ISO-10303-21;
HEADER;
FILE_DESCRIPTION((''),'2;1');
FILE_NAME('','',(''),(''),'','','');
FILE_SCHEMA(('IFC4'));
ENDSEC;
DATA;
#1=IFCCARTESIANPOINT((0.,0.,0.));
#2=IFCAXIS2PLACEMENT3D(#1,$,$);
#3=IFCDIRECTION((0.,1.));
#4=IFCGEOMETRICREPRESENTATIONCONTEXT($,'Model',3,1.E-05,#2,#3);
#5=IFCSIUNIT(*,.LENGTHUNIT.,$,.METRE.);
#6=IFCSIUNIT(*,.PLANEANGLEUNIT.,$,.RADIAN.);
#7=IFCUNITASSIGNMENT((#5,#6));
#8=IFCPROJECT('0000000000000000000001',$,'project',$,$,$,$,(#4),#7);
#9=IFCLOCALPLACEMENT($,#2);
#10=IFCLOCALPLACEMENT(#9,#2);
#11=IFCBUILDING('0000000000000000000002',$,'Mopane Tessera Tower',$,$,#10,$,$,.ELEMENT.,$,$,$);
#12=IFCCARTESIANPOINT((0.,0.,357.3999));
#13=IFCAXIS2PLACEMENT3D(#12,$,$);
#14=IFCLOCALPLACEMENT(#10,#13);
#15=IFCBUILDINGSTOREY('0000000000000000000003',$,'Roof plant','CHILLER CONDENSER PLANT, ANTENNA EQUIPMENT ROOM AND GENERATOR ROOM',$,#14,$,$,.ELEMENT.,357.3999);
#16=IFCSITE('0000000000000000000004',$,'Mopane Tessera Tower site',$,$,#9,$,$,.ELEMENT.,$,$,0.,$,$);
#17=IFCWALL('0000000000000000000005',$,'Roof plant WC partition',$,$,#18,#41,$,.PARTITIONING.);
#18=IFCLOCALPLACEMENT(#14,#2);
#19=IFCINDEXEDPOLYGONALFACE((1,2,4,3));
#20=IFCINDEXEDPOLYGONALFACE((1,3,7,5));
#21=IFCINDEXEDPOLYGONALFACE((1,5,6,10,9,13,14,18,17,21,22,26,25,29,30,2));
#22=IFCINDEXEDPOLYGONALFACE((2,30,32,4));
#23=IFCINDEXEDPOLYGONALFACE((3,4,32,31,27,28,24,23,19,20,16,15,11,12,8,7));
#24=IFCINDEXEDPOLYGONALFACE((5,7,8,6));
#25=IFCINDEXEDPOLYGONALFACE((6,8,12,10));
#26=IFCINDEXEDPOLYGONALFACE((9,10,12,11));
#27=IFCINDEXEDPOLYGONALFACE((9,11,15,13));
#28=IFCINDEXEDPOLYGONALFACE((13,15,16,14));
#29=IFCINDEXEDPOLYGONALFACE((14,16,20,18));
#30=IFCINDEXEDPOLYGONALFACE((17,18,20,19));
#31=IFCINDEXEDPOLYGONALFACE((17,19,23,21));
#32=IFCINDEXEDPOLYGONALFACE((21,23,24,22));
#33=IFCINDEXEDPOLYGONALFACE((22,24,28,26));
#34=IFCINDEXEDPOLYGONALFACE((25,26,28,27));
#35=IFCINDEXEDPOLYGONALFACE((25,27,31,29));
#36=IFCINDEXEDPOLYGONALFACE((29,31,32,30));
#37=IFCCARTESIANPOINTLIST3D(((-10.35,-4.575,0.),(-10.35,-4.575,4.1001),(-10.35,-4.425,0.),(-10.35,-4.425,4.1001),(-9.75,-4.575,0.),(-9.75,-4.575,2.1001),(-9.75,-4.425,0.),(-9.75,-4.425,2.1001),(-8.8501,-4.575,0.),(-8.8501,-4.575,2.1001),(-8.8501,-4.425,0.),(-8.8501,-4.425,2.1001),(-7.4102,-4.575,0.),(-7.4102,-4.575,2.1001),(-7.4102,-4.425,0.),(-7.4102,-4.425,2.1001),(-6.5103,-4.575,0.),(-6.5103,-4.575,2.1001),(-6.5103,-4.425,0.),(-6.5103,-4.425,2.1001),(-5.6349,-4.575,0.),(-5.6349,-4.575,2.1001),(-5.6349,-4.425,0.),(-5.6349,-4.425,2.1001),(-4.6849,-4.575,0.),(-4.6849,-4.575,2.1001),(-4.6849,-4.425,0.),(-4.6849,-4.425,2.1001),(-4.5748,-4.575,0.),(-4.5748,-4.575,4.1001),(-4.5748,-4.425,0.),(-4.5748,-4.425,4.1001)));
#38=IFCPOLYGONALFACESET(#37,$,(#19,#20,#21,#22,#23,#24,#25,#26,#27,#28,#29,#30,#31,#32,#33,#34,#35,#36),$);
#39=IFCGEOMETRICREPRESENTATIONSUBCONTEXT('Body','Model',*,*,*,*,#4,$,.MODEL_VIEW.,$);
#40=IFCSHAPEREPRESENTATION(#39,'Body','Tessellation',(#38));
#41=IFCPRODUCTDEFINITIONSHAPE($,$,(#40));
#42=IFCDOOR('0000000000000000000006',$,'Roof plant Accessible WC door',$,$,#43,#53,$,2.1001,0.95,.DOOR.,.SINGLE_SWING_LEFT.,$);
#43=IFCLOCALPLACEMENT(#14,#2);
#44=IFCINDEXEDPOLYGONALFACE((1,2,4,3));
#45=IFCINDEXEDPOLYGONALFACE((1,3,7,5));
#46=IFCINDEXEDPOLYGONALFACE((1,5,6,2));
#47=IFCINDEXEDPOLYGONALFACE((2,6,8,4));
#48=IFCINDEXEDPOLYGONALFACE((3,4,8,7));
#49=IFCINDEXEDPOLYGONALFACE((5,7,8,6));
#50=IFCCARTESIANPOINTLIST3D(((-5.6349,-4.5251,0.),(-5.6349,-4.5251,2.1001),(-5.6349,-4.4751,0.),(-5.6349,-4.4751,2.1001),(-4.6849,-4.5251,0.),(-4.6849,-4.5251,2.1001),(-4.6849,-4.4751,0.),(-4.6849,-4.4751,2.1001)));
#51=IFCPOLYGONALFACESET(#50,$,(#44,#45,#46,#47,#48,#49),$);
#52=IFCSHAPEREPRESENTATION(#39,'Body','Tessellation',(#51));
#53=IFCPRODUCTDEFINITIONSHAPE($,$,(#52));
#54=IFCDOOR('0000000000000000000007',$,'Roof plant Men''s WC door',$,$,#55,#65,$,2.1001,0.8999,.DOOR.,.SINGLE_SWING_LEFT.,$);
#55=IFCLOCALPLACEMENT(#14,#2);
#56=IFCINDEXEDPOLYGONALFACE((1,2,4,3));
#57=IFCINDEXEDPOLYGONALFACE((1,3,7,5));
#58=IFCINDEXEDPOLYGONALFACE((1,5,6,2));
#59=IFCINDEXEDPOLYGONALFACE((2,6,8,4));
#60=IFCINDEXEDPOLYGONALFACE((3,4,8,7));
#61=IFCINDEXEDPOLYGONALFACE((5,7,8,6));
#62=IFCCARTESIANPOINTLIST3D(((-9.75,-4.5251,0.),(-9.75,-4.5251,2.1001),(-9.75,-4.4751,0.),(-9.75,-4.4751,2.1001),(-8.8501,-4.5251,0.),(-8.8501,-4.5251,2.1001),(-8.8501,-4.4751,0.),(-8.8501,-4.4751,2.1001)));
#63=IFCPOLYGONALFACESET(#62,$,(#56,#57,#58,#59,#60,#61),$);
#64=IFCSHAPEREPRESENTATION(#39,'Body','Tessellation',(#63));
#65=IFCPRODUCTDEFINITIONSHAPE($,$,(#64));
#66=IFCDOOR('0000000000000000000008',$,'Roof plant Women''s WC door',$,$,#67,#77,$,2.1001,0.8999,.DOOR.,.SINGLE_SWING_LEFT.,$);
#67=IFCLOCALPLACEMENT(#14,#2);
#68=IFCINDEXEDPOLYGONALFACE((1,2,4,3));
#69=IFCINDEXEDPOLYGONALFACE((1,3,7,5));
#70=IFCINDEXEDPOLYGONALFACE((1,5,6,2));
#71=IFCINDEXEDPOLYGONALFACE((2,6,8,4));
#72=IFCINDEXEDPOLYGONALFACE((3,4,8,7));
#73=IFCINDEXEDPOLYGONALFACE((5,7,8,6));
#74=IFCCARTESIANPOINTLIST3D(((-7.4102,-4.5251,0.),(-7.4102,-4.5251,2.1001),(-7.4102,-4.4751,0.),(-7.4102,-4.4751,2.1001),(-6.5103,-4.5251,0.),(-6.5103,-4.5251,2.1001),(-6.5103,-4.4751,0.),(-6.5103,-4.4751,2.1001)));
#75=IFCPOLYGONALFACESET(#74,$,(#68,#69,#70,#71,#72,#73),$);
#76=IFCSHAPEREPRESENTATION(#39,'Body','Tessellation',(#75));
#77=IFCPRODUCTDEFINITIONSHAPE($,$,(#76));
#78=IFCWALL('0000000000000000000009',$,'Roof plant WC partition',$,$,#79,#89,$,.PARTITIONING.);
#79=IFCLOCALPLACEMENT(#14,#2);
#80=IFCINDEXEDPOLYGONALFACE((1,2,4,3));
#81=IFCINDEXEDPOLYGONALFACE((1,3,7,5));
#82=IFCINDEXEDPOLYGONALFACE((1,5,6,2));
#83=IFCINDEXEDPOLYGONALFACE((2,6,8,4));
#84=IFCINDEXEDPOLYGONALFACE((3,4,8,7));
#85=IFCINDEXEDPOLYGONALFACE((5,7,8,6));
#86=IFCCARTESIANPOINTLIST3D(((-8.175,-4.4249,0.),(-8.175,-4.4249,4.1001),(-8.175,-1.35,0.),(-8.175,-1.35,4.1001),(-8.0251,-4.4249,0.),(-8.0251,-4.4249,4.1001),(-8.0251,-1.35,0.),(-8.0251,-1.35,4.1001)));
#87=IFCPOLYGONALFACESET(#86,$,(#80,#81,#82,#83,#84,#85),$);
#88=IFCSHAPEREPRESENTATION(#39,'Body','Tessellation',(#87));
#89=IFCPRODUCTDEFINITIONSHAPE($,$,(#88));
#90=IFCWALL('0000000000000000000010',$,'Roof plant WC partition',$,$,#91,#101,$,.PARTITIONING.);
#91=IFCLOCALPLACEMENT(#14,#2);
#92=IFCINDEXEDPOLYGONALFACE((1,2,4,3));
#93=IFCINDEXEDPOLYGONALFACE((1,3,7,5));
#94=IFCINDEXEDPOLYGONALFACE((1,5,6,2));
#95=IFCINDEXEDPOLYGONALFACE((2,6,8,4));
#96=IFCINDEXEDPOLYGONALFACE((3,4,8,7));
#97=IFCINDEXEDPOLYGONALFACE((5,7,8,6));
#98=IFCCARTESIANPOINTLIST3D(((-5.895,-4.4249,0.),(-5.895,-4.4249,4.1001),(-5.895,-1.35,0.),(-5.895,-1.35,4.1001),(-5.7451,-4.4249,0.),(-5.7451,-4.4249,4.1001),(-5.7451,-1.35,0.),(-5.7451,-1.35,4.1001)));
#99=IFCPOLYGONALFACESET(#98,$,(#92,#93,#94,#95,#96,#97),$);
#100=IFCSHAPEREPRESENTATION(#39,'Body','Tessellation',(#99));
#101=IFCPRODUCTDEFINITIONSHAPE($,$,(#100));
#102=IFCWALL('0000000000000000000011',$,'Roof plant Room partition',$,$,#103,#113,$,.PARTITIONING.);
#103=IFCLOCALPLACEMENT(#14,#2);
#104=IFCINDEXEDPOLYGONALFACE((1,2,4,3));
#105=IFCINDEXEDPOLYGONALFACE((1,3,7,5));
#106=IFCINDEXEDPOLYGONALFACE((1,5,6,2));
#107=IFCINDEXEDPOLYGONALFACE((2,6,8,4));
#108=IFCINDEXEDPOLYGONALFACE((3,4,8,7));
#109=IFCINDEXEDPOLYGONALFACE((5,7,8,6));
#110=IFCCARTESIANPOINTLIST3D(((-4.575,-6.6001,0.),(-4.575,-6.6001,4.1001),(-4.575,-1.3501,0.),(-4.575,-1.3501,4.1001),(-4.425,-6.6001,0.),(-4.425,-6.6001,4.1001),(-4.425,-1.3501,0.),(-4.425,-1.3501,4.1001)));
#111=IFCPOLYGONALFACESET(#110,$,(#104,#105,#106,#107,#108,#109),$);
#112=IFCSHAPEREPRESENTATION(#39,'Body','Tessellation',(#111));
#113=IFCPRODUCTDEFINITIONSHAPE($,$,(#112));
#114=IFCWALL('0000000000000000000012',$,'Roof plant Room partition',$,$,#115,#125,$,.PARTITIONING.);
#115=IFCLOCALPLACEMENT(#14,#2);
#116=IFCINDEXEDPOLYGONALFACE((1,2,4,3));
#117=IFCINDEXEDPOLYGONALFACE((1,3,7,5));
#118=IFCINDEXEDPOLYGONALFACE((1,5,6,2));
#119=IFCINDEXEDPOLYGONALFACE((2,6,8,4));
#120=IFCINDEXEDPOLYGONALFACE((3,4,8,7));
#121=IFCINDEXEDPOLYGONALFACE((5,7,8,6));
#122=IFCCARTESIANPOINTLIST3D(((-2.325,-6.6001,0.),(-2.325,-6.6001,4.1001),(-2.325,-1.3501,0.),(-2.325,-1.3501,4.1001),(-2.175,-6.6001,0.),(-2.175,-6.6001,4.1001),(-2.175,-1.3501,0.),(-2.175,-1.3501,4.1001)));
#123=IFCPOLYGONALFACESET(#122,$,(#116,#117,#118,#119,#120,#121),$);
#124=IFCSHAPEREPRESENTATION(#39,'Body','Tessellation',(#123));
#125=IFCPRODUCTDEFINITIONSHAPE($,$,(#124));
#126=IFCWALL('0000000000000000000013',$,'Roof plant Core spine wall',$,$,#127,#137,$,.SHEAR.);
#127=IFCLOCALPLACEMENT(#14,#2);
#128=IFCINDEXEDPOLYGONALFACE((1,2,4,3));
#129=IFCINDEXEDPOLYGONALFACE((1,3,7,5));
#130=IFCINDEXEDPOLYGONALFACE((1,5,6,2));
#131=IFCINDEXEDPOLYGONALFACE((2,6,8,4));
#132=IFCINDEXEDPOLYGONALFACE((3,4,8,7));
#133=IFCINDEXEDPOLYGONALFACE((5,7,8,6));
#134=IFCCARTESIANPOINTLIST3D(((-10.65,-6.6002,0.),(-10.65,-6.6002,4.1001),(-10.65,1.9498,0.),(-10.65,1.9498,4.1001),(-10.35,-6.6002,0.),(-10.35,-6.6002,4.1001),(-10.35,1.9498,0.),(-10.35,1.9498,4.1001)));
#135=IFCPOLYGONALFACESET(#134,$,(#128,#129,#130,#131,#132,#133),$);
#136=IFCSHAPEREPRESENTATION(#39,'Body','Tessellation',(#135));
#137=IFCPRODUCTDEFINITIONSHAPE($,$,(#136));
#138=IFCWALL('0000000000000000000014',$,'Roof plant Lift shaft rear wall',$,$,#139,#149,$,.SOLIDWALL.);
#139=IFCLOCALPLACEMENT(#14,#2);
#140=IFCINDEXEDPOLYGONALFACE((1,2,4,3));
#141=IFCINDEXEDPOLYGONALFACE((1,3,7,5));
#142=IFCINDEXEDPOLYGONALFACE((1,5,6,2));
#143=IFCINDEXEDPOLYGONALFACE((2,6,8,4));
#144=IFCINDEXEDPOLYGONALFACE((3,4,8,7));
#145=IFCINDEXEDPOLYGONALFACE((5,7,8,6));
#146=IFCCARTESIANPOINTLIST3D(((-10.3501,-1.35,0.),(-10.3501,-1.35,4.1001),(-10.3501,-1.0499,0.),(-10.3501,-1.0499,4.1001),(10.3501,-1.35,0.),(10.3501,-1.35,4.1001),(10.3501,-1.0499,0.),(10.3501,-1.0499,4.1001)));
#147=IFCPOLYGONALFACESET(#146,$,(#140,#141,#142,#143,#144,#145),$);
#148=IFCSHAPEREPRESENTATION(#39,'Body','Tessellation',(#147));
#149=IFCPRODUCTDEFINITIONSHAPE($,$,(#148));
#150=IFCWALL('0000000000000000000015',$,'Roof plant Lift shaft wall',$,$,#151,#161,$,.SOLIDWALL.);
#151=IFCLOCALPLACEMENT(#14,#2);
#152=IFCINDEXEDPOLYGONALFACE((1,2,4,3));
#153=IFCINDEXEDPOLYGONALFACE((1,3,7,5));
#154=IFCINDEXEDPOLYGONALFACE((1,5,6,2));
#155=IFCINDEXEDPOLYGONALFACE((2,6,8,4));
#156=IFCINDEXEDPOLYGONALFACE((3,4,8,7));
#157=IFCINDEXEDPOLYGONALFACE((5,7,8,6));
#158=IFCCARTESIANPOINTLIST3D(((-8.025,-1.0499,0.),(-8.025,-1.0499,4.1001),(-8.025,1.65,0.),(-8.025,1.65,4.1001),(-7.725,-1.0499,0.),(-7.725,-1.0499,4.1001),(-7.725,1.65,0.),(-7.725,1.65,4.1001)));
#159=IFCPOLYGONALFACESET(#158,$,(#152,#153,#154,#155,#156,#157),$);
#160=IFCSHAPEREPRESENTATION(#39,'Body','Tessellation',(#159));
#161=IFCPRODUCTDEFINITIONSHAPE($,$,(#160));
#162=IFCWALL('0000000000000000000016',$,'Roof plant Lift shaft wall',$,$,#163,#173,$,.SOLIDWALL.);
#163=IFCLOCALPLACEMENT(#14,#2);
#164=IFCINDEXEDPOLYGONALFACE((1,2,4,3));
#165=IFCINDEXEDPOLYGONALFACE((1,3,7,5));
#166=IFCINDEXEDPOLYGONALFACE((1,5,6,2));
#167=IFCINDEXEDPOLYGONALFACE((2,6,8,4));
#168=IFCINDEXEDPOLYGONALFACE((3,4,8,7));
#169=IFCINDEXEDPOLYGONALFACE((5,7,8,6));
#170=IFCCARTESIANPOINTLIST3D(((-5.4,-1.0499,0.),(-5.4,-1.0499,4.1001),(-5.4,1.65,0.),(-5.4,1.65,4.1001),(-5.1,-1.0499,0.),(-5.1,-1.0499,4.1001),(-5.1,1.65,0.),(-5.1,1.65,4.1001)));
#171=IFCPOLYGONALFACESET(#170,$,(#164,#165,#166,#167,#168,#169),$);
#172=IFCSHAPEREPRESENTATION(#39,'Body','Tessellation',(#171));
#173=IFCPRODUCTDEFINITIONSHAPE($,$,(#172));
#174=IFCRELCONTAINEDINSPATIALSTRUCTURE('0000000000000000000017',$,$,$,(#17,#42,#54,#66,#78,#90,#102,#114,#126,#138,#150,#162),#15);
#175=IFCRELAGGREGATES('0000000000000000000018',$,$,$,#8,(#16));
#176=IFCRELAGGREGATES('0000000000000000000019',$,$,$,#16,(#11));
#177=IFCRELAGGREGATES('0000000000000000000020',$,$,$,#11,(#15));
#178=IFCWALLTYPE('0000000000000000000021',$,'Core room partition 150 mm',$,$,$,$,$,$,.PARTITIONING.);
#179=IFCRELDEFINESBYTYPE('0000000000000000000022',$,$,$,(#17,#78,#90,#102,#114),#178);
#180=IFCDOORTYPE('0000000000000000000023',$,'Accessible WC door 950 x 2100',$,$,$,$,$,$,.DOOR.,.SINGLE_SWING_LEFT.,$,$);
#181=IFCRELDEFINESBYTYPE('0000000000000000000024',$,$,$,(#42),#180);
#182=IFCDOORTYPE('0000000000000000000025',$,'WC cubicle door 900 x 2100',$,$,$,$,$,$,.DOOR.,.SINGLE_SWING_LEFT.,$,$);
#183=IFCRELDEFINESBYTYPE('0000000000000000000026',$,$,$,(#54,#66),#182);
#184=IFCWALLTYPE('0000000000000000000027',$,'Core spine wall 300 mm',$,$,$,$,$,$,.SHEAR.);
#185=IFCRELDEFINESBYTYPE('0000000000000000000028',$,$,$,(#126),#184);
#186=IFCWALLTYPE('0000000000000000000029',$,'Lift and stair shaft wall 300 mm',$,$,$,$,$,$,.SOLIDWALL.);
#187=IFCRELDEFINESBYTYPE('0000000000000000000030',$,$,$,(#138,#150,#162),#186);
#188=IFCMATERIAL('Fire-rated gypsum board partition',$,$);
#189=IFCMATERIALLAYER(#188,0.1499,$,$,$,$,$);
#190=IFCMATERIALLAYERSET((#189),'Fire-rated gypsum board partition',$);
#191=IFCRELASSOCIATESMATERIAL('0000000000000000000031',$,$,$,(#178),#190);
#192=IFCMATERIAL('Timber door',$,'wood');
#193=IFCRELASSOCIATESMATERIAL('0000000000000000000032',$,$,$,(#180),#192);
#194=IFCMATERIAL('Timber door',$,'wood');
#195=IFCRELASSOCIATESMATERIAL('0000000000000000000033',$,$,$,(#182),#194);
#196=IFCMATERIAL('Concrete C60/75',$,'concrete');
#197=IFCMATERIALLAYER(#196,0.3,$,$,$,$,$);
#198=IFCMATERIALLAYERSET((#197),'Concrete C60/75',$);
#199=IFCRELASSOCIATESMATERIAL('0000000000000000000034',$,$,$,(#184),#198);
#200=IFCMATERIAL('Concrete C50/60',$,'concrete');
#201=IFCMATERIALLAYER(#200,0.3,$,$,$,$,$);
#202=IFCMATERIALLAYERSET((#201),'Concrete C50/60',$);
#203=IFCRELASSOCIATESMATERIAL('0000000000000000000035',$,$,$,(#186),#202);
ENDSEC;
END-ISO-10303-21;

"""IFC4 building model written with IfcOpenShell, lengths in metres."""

from ifc_helpers import new_model, si_unit, direction, frame, frame_2d, origin, place, context, subcontext, project, spatial, rectangle, extrude, material, layer, layer_set, type_object, element, fill, save


model = new_model("IFC4")

# Units and contexts
model_context = context("Model", 3, precision=1e-05, world=origin(), true_north=direction((0.0, 1.0)))
body_context = subcontext(model_context, "Body", "Model", "MODEL_VIEW")
ifc_project = project(units=[si_unit("LENGTHUNIT", "METRE"), si_unit("PLANEANGLEUNIT", "RADIAN")], contexts=[model_context])

# Site, building, storey
site_placement = place(None, origin())
site = spatial("IfcSite", under=ifc_project, at=site_placement, Name="Mopane Tessera Tower site", CompositionType="ELEMENT", RefElevation=0.0)
building_placement = place(site_placement, origin())
building = spatial("IfcBuilding", under=site, at=building_placement, Name="Mopane Tessera Tower", CompositionType="ELEMENT")
storey_placement = place(building_placement, frame((0.0, 0.0, 357.3999)))
storey = spatial("IfcBuildingStorey", under=building, at=storey_placement, Name="Roof plant", Description="CHILLER CONDENSER PLANT, ANTENNA EQUIPMENT ROOM AND GENERATOR ROOM", CompositionType="ELEMENT", Elevation=357.3999)

# Wall, openings, doors
ifc_material_1 = material(Name="Fire-rated gypsum board partition")
ifc_layer_1 = layer(ifc_material_1, 0.1499)
ifc_layer_set_1 = layer_set([ifc_layer_1], Name="Fire-rated gypsum board partition")
wall_type_1 = type_object("IfcWallType", Name="Core room partition 150 mm", PredefinedType="PARTITIONING", material=ifc_layer_set_1)
wall_1_placement = place(storey_placement, frame((-10.3501, -4.5, 0.0), z_axis=(0.0, 0.0, 1.0), x_axis=(1.0, 0.0, 0.0)))
wall_1 = element("IfcWall", 1, at=wall_1_placement, inside=storey, type_object=wall_type_1, Name="Roof plant WC partition", PredefinedType="PARTITIONING", context=body_context, shape_type="SweptSolid", body=[
    extrude(rectangle(XDim=5.7751, YDim=0.1499, at=frame_2d((2.8877, 0.0))), origin(), (0.0, 0.0, 1.0), 4.1001),
])
opening_1_placement = place(wall_1_placement, frame((0.6001, 0.0, 0.0)))
opening_1 = element("IfcOpeningElement", 2, at=opening_1_placement, cuts=wall_1, PredefinedType="OPENING", context=body_context, shape_type="SweptSolid", body=[
    extrude(rectangle(XDim=0.8999, YDim=2.1001, at=frame_2d((0.45, 1.05))), frame((0.0, 0.0869, 0.0), z_axis=(0.0, -1.0, 0.0), x_axis=(1.0, 0.0, 0.0)), (0.0, 0.0, 1.0), 0.1738),
])
opening_2_placement = place(wall_1_placement, frame((2.9399, 0.0, 0.0)))
opening_2 = element("IfcOpeningElement", 3, at=opening_2_placement, cuts=wall_1, PredefinedType="OPENING", context=body_context, shape_type="SweptSolid", body=[
    extrude(rectangle(XDim=0.8999, YDim=2.1001, at=frame_2d((0.45, 1.05))), frame((0.0, 0.0869, 0.0), z_axis=(0.0, -1.0, 0.0), x_axis=(1.0, 0.0, 0.0)), (0.0, 0.0, 1.0), 0.1738),
])
opening_3_placement = place(wall_1_placement, frame((4.7151, 0.0, 0.0)))
opening_3 = element("IfcOpeningElement", 4, at=opening_3_placement, cuts=wall_1, PredefinedType="OPENING", context=body_context, shape_type="SweptSolid", body=[
    extrude(rectangle(XDim=0.95, YDim=2.1001, at=frame_2d((0.4751, 1.05))), frame((0.0, 0.0869, 0.0), z_axis=(0.0, -1.0, 0.0), x_axis=(1.0, 0.0, 0.0)), (0.0, 0.0, 1.0), 0.1738),
])
ifc_material_2 = material(Name="Timber door", Category="wood")
door_type_1 = type_object("IfcDoorType", Name="Accessible WC door 950 x 2100", OperationType="SINGLE_SWING_LEFT", PredefinedType="DOOR", material=ifc_material_2)
door_1_placement = place(opening_3_placement, origin())
door_1 = element("IfcDoor", 5, at=door_1_placement, inside=storey, type_object=door_type_1, Name="Roof plant Accessible WC door", OperationType="SINGLE_SWING_LEFT", OverallHeight=2.1001, OverallWidth=0.95, PredefinedType="DOOR", context=body_context, shape_type="SweptSolid", body=[
    extrude(rectangle(XDim=0.95, YDim=2.1001, at=frame_2d((0.4751, 1.05))), frame((0.0, 0.0249, 0.0), z_axis=(0.0, -1.0, 0.0), x_axis=(1.0, 0.0, 0.0)), (0.0, 0.0, 1.0), 0.05),
])
fill(opening_3, door_1)
ifc_material_3 = material(Name="Timber door", Category="wood")
door_type_2 = type_object("IfcDoorType", Name="WC cubicle door 900 x 2100", OperationType="SINGLE_SWING_LEFT", PredefinedType="DOOR", material=ifc_material_3)
door_2_placement = place(opening_1_placement, origin())
door_2 = element("IfcDoor", 6, at=door_2_placement, inside=storey, type_object=door_type_2, Name="Roof plant Men's WC door", OperationType="SINGLE_SWING_LEFT", OverallHeight=2.1001, OverallWidth=0.8999, PredefinedType="DOOR", context=body_context, shape_type="SweptSolid", body=[
    extrude(rectangle(XDim=0.8999, YDim=2.1001, at=frame_2d((0.45, 1.05))), frame((0.0, 0.0249, 0.0), z_axis=(0.0, -1.0, 0.0), x_axis=(1.0, 0.0, 0.0)), (0.0, 0.0, 1.0), 0.05),
])
fill(opening_1, door_2)
door_3_placement = place(opening_2_placement, origin())
door_3 = element("IfcDoor", 7, at=door_3_placement, inside=storey, type_object=door_type_2, Name="Roof plant Women's WC door", OperationType="SINGLE_SWING_LEFT", OverallHeight=2.1001, OverallWidth=0.8999, PredefinedType="DOOR", context=body_context, shape_type="SweptSolid", body=[
    extrude(rectangle(XDim=0.8999, YDim=2.1001, at=frame_2d((0.45, 1.05))), frame((0.0, 0.0249, 0.0), z_axis=(0.0, -1.0, 0.0), x_axis=(1.0, 0.0, 0.0)), (0.0, 0.0, 1.0), 0.05),
])
fill(opening_2, door_3)

# Walls
for number, where, z_axis, x_axis, name in (
    (8, (-8.1001, -4.425, 0.0), (0.0, 0.0, 1.0), (0.0, 1.0, 0.0), "Roof plant WC partition"),
    (9, (-5.8201, -4.425, 0.0), (0.0, 0.0, 1.0), (0.0, 1.0, 0.0), "Roof plant WC partition"),
):
    element("IfcWall", number, at=place(storey_placement, frame(where, z_axis=z_axis, x_axis=x_axis)), inside=storey, type_object=wall_type_1, Name=name, PredefinedType="PARTITIONING", context=body_context, shape_type="SweptSolid", body=[
        extrude(rectangle(XDim=3.075, YDim=0.1499, at=frame_2d((1.5376, 0.0))), origin(), (0.0, 0.0, 1.0), 4.1001),
    ])
for number, where, z_axis, x_axis, name in (
    (10, (-4.5, -6.6001, 0.0), (0.0, 0.0, 1.0), (0.0, 1.0, 0.0), "Roof plant Room partition"),
    (11, (-2.25, -6.6001, 0.0), (0.0, 0.0, 1.0), (0.0, 1.0, 0.0), "Roof plant Room partition"),
):
    element("IfcWall", number, at=place(storey_placement, frame(where, z_axis=z_axis, x_axis=x_axis)), inside=storey, type_object=wall_type_1, Name=name, PredefinedType="PARTITIONING", context=body_context, shape_type="SweptSolid", body=[
        extrude(rectangle(XDim=5.25, YDim=0.1499, at=frame_2d((2.625, 0.0))), origin(), (0.0, 0.0, 1.0), 4.1001),
    ])
ifc_material_4 = material(Name="Concrete C60/75", Category="concrete")
ifc_layer_2 = layer(ifc_material_4, 0.3)
ifc_layer_set_2 = layer_set([ifc_layer_2], Name="Concrete C60/75")
wall_type_2 = type_object("IfcWallType", Name="Core spine wall 300 mm", PredefinedType="SHEAR", material=ifc_layer_set_2)
wall_2_placement = place(storey_placement, frame((-10.5, -6.6001, 0.0), z_axis=(0.0, 0.0, 1.0), x_axis=(0.0, 1.0, 0.0)))
element("IfcWall", 12, at=wall_2_placement, inside=storey, type_object=wall_type_2, Name="Roof plant Core spine wall", PredefinedType="SHEAR", context=body_context, shape_type="SweptSolid", body=[
    extrude(rectangle(XDim=8.55, YDim=0.3, at=frame_2d((4.2749, 0.0))), origin(), (0.0, 0.0, 1.0), 4.1001),
])
ifc_material_5 = material(Name="Concrete C50/60", Category="concrete")
ifc_layer_3 = layer(ifc_material_5, 0.3)
ifc_layer_set_3 = layer_set([ifc_layer_3], Name="Concrete C50/60")
wall_type_3 = type_object("IfcWallType", Name="Lift and stair shaft wall 300 mm", PredefinedType="SOLIDWALL", material=ifc_layer_set_3)
wall_3_placement = place(storey_placement, frame((-10.3501, -1.2, 0.0), z_axis=(0.0, 0.0, 1.0), x_axis=(1.0, 0.0, 0.0)))
element("IfcWall", 13, at=wall_3_placement, inside=storey, type_object=wall_type_3, Name="Roof plant Lift shaft rear wall", PredefinedType="SOLIDWALL", context=body_context, shape_type="SweptSolid", body=[
    extrude(rectangle(XDim=20.7002, YDim=0.3, at=frame_2d((10.3501, 0.0))), origin(), (0.0, 0.0, 1.0), 4.1001),
])
for number, where, z_axis, x_axis, name in (
    (14, (-7.875, -1.05, 0.0), (0.0, 0.0, 1.0), (0.0, 1.0, 0.0), "Roof plant Lift shaft wall"),
    (15, (-5.25, -1.05, 0.0), (0.0, 0.0, 1.0), (0.0, 1.0, 0.0), "Roof plant Lift shaft wall"),
):
    element("IfcWall", number, at=place(storey_placement, frame(where, z_axis=z_axis, x_axis=x_axis)), inside=storey, type_object=wall_type_3, Name=name, PredefinedType="SOLIDWALL", context=body_context, shape_type="SweptSolid", body=[
        extrude(rectangle(XDim=2.7, YDim=0.3, at=frame_2d((1.3501, 0.0))), origin(), (0.0, 0.0, 1.0), 4.1001),
    ])

save(model, "model.ifc")
